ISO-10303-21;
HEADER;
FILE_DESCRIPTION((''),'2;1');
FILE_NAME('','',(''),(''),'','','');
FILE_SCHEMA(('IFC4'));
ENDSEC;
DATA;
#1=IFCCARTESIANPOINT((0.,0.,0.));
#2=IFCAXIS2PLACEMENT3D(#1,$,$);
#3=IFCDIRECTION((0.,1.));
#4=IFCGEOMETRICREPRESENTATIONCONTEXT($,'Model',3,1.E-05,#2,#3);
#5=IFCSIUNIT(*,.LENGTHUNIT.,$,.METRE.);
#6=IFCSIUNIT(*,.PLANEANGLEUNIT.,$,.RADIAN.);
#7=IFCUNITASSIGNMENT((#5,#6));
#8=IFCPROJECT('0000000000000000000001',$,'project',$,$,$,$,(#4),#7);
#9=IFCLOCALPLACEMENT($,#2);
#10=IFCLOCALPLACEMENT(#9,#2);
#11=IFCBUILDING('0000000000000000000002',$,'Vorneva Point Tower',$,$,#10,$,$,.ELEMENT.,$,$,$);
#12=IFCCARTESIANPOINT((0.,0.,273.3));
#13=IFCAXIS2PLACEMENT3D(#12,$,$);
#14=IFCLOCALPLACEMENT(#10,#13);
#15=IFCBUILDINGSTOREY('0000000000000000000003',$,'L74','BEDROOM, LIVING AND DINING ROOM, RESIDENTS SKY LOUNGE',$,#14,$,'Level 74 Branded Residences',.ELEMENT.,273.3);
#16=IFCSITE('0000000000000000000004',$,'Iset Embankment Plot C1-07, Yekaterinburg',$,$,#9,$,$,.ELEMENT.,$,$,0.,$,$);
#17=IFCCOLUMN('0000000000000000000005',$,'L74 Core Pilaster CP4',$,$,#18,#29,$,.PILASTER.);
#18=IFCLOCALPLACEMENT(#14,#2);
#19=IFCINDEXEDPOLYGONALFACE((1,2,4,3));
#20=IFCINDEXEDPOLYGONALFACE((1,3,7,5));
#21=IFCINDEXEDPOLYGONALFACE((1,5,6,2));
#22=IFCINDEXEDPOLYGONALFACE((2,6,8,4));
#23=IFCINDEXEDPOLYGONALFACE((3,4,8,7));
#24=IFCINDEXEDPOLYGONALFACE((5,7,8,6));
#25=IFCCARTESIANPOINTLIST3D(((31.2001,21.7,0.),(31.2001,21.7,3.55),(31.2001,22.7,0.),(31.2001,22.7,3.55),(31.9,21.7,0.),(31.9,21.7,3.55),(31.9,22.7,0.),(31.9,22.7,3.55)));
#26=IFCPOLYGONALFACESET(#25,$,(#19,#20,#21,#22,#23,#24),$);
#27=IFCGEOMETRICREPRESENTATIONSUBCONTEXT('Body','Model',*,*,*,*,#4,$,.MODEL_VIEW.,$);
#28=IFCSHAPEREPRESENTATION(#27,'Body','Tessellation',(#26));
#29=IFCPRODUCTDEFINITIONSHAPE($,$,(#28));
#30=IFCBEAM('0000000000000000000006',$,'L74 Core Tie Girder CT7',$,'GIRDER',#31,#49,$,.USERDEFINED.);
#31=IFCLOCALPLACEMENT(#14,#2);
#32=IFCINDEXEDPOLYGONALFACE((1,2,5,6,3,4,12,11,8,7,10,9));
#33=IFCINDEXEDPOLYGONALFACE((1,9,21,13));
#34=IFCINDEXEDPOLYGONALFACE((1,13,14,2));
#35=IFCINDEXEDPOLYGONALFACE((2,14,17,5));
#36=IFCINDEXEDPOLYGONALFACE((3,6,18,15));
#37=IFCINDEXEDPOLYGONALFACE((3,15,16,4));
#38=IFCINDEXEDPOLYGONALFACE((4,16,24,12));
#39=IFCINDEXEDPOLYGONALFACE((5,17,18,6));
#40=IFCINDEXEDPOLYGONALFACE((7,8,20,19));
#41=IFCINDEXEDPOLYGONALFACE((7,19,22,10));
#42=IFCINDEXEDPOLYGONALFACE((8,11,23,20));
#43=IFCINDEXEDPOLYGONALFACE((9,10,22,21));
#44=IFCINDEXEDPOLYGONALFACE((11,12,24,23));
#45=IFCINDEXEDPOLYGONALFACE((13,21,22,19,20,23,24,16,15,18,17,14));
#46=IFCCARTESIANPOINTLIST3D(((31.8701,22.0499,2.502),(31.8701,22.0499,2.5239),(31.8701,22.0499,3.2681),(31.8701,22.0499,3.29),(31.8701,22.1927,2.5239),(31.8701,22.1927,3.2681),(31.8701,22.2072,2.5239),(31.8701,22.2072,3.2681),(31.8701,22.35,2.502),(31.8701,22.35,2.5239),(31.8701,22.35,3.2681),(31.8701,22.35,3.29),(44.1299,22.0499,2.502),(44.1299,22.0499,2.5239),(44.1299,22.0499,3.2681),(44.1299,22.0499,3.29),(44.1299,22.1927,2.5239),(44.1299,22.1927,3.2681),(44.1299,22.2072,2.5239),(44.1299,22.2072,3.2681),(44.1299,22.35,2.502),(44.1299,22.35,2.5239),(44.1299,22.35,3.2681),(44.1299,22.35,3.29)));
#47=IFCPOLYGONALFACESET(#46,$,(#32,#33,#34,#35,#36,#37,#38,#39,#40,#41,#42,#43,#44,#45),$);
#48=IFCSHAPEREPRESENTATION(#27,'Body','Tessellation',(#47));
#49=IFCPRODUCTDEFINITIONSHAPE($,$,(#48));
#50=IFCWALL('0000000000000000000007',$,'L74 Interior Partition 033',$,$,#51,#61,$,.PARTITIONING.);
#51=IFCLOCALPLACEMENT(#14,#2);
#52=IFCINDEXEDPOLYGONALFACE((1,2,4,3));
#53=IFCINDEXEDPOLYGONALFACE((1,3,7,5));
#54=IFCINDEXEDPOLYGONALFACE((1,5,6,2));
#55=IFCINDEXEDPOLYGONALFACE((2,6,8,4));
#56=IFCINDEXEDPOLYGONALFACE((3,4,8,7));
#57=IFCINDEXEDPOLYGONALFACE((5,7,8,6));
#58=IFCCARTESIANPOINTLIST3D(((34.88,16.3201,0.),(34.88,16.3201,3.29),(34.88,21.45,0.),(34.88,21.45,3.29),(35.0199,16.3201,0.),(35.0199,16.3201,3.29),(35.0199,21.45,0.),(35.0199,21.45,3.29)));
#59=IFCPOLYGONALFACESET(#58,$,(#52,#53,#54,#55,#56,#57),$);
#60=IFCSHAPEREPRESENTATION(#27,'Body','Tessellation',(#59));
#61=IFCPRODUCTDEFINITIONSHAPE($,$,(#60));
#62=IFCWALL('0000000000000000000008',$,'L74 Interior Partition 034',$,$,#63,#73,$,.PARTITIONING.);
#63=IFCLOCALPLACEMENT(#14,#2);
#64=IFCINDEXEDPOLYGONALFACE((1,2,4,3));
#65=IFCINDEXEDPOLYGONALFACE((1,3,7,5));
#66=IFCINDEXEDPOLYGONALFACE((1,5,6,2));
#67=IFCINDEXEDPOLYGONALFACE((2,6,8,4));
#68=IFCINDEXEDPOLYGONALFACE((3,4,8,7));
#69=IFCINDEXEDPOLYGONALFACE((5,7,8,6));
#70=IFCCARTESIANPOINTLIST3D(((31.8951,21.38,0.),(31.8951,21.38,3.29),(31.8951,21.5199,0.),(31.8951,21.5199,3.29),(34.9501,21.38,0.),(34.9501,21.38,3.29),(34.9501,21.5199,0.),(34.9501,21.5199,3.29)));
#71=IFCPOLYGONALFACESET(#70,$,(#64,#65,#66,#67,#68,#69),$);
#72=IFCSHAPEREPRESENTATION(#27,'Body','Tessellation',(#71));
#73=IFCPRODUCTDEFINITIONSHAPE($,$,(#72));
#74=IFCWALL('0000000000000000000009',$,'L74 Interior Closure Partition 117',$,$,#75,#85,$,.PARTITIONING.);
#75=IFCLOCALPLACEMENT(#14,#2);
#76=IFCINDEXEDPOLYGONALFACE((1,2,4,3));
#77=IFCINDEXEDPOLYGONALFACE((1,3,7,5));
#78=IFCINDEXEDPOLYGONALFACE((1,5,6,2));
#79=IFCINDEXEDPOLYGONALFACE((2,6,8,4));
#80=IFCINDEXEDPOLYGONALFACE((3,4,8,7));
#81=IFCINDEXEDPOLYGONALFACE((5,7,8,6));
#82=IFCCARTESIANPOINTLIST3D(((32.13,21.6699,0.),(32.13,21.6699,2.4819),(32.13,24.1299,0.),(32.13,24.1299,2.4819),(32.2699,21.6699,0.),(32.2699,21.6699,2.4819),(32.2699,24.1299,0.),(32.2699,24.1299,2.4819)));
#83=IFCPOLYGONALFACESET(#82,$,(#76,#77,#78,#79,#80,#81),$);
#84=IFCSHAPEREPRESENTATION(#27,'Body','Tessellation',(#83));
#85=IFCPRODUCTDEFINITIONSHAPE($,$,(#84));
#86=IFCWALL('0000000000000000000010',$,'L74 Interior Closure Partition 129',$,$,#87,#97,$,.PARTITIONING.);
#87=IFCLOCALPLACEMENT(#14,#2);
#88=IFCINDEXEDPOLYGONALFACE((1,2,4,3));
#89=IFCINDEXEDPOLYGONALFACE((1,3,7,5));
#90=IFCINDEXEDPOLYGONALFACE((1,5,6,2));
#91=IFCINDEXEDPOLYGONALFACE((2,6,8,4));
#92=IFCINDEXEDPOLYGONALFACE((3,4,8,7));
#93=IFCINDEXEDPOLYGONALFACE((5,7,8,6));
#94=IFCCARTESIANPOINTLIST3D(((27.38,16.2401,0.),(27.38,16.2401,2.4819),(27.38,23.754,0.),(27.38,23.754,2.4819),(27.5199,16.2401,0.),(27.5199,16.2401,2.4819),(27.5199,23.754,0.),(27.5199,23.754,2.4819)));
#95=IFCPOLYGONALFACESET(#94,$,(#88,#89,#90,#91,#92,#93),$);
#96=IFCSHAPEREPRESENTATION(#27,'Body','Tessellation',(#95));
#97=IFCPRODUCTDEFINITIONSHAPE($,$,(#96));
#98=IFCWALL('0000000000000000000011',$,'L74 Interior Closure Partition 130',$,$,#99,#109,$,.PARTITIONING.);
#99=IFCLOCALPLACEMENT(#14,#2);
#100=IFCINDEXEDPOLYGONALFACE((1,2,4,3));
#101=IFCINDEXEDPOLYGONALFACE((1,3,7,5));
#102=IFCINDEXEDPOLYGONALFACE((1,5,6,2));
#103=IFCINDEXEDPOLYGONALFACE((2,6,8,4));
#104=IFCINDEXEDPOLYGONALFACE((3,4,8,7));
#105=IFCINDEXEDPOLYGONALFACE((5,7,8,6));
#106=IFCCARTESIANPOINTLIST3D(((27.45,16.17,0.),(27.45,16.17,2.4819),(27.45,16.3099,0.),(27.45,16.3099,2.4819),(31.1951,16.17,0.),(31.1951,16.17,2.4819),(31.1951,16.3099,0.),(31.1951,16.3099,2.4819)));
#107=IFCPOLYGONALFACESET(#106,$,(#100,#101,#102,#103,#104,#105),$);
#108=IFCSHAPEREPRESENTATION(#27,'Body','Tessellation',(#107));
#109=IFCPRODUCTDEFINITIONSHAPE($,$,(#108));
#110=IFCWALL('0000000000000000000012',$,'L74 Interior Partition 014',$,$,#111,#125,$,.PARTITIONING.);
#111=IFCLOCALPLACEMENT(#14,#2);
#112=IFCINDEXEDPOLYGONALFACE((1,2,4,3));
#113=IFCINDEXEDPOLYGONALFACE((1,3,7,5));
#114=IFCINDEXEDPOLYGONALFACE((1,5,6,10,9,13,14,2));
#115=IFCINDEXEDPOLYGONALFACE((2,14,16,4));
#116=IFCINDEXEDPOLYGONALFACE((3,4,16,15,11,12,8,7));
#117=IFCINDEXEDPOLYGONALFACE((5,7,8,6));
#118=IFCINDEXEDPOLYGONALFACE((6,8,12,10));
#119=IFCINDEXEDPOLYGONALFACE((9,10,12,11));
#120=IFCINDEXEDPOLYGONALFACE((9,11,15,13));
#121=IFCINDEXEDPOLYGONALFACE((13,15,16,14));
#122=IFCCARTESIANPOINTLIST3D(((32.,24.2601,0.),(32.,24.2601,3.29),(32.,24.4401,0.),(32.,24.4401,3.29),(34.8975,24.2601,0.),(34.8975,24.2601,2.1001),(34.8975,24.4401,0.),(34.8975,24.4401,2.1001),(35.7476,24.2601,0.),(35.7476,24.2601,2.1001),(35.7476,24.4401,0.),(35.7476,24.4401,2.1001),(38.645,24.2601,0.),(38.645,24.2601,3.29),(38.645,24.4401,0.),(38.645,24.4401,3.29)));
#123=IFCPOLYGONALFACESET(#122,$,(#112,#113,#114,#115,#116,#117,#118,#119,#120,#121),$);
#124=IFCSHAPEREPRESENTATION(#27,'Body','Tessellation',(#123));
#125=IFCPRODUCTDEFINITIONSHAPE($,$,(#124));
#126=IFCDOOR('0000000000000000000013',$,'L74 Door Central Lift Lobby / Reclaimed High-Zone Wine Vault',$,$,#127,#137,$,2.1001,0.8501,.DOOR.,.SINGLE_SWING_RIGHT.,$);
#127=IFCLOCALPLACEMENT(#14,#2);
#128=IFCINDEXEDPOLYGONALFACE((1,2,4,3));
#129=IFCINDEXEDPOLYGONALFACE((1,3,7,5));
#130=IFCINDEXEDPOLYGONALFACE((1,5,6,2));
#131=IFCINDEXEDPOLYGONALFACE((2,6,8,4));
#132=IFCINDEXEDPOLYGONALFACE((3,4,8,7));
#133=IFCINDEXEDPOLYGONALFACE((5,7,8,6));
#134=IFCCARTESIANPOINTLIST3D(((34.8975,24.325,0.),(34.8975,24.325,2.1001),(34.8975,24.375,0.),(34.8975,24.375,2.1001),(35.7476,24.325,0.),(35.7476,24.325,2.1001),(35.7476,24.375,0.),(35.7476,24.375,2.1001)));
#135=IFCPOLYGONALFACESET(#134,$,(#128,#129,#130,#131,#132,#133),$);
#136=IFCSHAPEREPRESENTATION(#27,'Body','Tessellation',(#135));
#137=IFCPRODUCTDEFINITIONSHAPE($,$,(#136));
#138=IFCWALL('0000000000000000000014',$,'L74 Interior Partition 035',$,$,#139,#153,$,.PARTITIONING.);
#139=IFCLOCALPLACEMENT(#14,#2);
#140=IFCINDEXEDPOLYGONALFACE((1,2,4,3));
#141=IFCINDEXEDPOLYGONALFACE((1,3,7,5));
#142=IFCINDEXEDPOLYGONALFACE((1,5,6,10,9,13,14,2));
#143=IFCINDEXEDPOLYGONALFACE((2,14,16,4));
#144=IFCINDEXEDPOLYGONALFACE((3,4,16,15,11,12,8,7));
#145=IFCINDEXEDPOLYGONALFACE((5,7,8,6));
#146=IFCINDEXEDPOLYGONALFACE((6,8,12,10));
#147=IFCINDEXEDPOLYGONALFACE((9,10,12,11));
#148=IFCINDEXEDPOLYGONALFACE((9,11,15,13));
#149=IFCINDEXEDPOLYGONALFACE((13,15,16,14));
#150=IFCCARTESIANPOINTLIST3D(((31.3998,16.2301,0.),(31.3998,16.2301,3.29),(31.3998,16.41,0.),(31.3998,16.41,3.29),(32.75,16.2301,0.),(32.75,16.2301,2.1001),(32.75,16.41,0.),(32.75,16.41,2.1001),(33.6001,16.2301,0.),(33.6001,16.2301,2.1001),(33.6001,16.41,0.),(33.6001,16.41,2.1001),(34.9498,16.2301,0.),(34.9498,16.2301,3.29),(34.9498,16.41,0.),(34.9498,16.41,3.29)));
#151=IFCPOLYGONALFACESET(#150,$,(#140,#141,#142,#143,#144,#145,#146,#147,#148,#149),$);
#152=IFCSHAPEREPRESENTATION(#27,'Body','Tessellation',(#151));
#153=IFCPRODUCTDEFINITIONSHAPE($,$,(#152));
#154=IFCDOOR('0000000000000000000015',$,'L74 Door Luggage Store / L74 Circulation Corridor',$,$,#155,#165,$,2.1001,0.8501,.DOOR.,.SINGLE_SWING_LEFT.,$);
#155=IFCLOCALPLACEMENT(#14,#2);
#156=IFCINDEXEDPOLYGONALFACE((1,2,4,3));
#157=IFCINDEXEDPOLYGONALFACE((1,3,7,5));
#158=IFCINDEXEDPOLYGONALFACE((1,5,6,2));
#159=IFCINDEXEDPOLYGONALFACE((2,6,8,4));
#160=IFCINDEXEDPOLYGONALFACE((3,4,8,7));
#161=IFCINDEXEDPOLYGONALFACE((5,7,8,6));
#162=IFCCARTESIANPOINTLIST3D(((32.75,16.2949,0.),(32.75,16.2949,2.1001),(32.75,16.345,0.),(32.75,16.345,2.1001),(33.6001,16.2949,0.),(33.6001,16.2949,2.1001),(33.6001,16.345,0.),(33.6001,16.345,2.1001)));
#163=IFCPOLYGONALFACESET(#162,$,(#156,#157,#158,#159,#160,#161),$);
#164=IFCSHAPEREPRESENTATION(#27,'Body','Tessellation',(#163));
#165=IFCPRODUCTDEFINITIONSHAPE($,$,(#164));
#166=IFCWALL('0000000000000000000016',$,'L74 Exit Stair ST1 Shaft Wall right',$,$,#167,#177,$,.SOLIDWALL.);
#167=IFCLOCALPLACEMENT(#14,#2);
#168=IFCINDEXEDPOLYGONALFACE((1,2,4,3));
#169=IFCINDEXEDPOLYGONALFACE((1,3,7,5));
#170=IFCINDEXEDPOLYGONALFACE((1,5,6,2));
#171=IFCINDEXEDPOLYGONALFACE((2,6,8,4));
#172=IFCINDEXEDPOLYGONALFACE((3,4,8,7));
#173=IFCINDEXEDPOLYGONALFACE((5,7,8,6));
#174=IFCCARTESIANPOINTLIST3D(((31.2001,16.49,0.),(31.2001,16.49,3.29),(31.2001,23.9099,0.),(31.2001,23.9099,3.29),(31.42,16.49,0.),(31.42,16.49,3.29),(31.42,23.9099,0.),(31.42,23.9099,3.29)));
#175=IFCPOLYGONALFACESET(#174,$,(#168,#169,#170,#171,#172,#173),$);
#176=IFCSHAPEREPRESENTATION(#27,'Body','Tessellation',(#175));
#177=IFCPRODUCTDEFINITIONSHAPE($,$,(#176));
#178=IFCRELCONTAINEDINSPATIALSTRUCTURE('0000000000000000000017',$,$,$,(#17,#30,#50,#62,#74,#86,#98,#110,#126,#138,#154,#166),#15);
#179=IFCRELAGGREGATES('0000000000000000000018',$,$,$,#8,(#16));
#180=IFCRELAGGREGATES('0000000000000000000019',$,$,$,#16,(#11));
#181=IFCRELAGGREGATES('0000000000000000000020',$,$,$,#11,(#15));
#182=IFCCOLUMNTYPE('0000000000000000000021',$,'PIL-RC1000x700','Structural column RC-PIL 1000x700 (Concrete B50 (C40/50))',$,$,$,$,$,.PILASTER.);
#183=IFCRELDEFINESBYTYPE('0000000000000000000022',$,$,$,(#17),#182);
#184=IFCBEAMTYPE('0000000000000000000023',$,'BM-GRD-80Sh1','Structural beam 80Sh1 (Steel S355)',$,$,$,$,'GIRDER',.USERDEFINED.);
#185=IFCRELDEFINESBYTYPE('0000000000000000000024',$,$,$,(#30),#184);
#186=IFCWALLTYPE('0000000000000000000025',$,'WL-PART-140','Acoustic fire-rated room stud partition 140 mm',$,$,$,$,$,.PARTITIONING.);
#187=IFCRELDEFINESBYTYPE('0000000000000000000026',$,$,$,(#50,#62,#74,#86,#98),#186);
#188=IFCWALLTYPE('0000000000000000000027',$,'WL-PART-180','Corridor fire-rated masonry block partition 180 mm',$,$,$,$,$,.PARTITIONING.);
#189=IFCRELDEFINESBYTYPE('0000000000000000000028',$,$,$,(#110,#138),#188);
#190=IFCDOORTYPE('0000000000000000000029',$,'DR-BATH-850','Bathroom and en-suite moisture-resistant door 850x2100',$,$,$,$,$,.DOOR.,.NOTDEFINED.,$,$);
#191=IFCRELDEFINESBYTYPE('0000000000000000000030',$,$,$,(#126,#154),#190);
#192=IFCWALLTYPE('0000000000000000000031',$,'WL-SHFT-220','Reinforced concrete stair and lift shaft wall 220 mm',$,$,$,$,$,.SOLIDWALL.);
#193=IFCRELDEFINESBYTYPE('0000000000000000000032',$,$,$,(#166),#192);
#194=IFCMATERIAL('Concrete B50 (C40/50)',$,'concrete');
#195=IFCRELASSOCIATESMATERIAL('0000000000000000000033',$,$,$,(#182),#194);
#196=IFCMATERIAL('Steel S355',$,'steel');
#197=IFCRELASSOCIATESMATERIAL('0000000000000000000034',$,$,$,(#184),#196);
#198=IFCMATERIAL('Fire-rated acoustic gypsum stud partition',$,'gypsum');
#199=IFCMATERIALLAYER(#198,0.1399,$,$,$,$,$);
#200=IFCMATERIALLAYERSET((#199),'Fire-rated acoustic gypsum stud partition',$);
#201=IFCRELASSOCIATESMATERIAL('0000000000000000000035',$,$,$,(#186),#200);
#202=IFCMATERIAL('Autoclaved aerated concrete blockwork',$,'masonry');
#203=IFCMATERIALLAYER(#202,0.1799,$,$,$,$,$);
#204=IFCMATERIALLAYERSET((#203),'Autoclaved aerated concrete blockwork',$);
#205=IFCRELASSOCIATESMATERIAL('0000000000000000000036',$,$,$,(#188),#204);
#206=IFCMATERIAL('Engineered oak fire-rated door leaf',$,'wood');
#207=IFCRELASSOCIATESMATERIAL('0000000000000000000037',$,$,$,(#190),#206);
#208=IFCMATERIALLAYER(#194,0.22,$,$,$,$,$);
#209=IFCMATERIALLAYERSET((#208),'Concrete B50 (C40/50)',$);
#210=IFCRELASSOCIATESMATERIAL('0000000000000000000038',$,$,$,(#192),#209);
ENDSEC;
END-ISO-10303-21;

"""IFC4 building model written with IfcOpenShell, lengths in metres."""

from ifc_helpers import new_model, si_unit, direction, frame, frame_2d, origin, origin_2d, place, context, subcontext, project, spatial, rectangle, i_section, extrude, material, layer, layer_set, material_profile, profile_set, type_object, element, fill, save


model = new_model("IFC4")

# Units and contexts
model_context = context("Model", 3, precision=1e-05, world=origin(), true_north=direction((0.0, 1.0)))
body_context = subcontext(model_context, "Body", "Model", "MODEL_VIEW")
ifc_project = project(units=[si_unit("LENGTHUNIT", "METRE"), si_unit("PLANEANGLEUNIT", "RADIAN")], contexts=[model_context])

# Site, building, storey
site_placement = place(None, origin())
site = spatial("IfcSite", under=ifc_project, at=site_placement, Name="Iset Embankment Plot C1-07, Yekaterinburg", CompositionType="ELEMENT", RefElevation=0.0)
building_placement = place(site_placement, origin())
building = spatial("IfcBuilding", under=site, at=building_placement, Name="Vorneva Point Tower", CompositionType="ELEMENT")
storey_placement = place(building_placement, frame((0.0, 0.0, 273.3)))
storey = spatial("IfcBuildingStorey", under=building, at=storey_placement, Name="L74", Description="BEDROOM, LIVING AND DINING ROOM, RESIDENTS SKY LOUNGE", LongName="Level 74 Branded Residences", CompositionType="ELEMENT", Elevation=273.3)

# Column
ifc_material_1 = material(Name="Concrete B50 (C40/50)", Category="concrete")
ifc_material_profile_1 = material_profile(ifc_material_1, rectangle(XDim=0.7, YDim=1.0, at=origin_2d()), Name="RC-PIL 1000x700")
ifc_profile_set_1 = profile_set([ifc_material_profile_1], Name="Concrete B50 (C40/50)")
column_type = type_object("IfcColumnType", Name="PIL-RC1000x700", Description="Structural column RC-PIL 1000x700 (Concrete B50 (C40/50))", PredefinedType="PILASTER", material=ifc_profile_set_1)
column_placement = place(storey_placement, frame((31.55, 22.2, 0.0), z_axis=(0.0, 0.0, 1.0), x_axis=(1.0, 0.0, 0.0)))
element("IfcColumn", 1, at=column_placement, inside=storey, type_object=column_type, Name="L74 Core Pilaster CP4", PredefinedType="PILASTER", context=body_context, shape_type="SweptSolid", body=[
    extrude(rectangle(XDim=0.7, YDim=1.0, at=origin_2d()), origin(), (0.0, 0.0, 1.0), 3.55),
])

# Beam
ifc_material_2 = material(Name="Steel S355", Category="steel")
ifc_material_profile_2 = material_profile(ifc_material_2, i_section(OverallWidth=0.3, OverallDepth=0.7881, WebThickness=0.0144, FlangeThickness=0.022, at=origin_2d()), Name="80Sh1")
ifc_profile_set_2 = profile_set([ifc_material_profile_2], Name="Steel S355")
beam_type = type_object("IfcBeamType", Name="BM-GRD-80Sh1", Description="Structural beam 80Sh1 (Steel S355)", ElementType="GIRDER", PredefinedType="USERDEFINED", material=ifc_profile_set_2)
beam_placement = place(storey_placement, frame((31.8701, 22.2, 2.896), z_axis=(1.0, 0.0, 0.0), x_axis=(0.0, 1.0, 0.0)))
element("IfcBeam", 2, at=beam_placement, inside=storey, type_object=beam_type, Name="L74 Core Tie Girder CT7", ObjectType="GIRDER", PredefinedType="USERDEFINED", context=body_context, shape_type="SweptSolid", body=[
    extrude(i_section(OverallWidth=0.3, OverallDepth=0.7881, WebThickness=0.0144, FlangeThickness=0.022, at=origin_2d()), origin(), (0.0, 0.0, 1.0), 12.2598),
])

# Walls
ifc_material_3 = material(Name="Fire-rated acoustic gypsum stud partition", Category="gypsum")
ifc_layer_1 = layer(ifc_material_3, 0.1399)
ifc_layer_set_1 = layer_set([ifc_layer_1], Name="Fire-rated acoustic gypsum stud partition")
wall_type_1 = type_object("IfcWallType", Name="WL-PART-140", Description="Acoustic fire-rated room stud partition 140 mm", PredefinedType="PARTITIONING", material=ifc_layer_set_1)
wall_1_placement = place(storey_placement, frame((34.95, 16.3201, 0.0), z_axis=(0.0, 0.0, 1.0), x_axis=(0.0, 1.0, 0.0)))
element("IfcWall", 3, at=wall_1_placement, inside=storey, type_object=wall_type_1, Name="L74 Interior Partition 033", PredefinedType="PARTITIONING", context=body_context, shape_type="SweptSolid", body=[
    extrude(rectangle(XDim=5.1299, YDim=0.1399, at=frame_2d((2.5649, 0.0))), origin(), (0.0, 0.0, 1.0), 3.29),
])
wall_2_placement = place(storey_placement, frame((34.95, 21.45, 0.0), z_axis=(0.0, 0.0, 1.0), x_axis=(-1.0, 0.0, 0.0)))
element("IfcWall", 4, at=wall_2_placement, inside=storey, type_object=wall_type_1, Name="L74 Interior Partition 034", PredefinedType="PARTITIONING", context=body_context, shape_type="SweptSolid", body=[
    extrude(rectangle(XDim=3.0549, YDim=0.1399, at=frame_2d((1.5273, 0.0))), origin(), (0.0, 0.0, 1.0), 3.29),
])
wall_3_placement = place(storey_placement, frame((32.2, 24.1299, 0.0), z_axis=(0.0, 0.0, 1.0), x_axis=(0.0, -1.0, 0.0)))
element("IfcWall", 5, at=wall_3_placement, inside=storey, type_object=wall_type_1, Name="L74 Interior Closure Partition 117", PredefinedType="PARTITIONING", context=body_context, shape_type="SweptSolid", body=[
    extrude(rectangle(XDim=2.46, YDim=0.1399, at=frame_2d((1.23, 0.0))), origin(), (0.0, 0.0, 1.0), 2.4819),
])
wall_4_placement = place(storey_placement, frame((27.45, 23.7539, 0.0), z_axis=(0.0, 0.0, 1.0), x_axis=(0.0, -1.0, 0.0)))
element("IfcWall", 6, at=wall_4_placement, inside=storey, type_object=wall_type_1, Name="L74 Interior Closure Partition 129", PredefinedType="PARTITIONING", context=body_context, shape_type="SweptSolid", body=[
    extrude(rectangle(XDim=7.5139, YDim=0.1399, at=frame_2d((3.7568, 0.0))), origin(), (0.0, 0.0, 1.0), 2.4819),
])
wall_5_placement = place(storey_placement, frame((27.45, 16.24, 0.0), z_axis=(0.0, 0.0, 1.0), x_axis=(1.0, 0.0, 0.0)))
element("IfcWall", 7, at=wall_5_placement, inside=storey, type_object=wall_type_1, Name="L74 Interior Closure Partition 130", PredefinedType="PARTITIONING", context=body_context, shape_type="SweptSolid", body=[
    extrude(rectangle(XDim=3.7451, YDim=0.1399, at=frame_2d((1.8726, 0.0))), origin(), (0.0, 0.0, 1.0), 2.4819),
])

# Walls, openings, doors
ifc_material_4 = material(Name="Autoclaved aerated concrete blockwork", Category="masonry")
ifc_layer_2 = layer(ifc_material_4, 0.1799)
ifc_layer_set_2 = layer_set([ifc_layer_2], Name="Autoclaved aerated concrete blockwork")
wall_type_2 = type_object("IfcWallType", Name="WL-PART-180", Description="Corridor fire-rated masonry block partition 180 mm", PredefinedType="PARTITIONING", material=ifc_layer_set_2)
wall_6_placement = place(storey_placement, frame((32.0, 24.3501, 0.0), z_axis=(0.0, 0.0, 1.0), x_axis=(1.0, 0.0, 0.0)))
wall_6 = element("IfcWall", 8, at=wall_6_placement, inside=storey, type_object=wall_type_2, Name="L74 Interior Partition 014", PredefinedType="PARTITIONING", context=body_context, shape_type="SweptSolid", body=[
    extrude(rectangle(XDim=6.645, YDim=0.1799, at=frame_2d((3.3225, 0.0))), origin(), (0.0, 0.0, 1.0), 3.29),
])
opening_1_placement = place(wall_6_placement, frame((2.8975, 0.0, 0.0)))
opening_1 = element("IfcOpeningElement", 9, at=opening_1_placement, cuts=wall_6, PredefinedType="OPENING", context=body_context, shape_type="SweptSolid", body=[
    extrude(rectangle(XDim=0.8501, YDim=2.1001, at=frame_2d((0.425, 1.05))), frame((0.0, 0.105, 0.0), z_axis=(0.0, -1.0, 0.0), x_axis=(1.0, 0.0, 0.0)), (0.0, 0.0, 1.0), 0.2097),
])
ifc_material_5 = material(Name="Engineered oak fire-rated door leaf", Category="wood")
door_type_1 = type_object("IfcDoorType", Name="DR-BATH-850", Description="Bathroom and en-suite moisture-resistant door 850x2100", OperationType="NOTDEFINED", PredefinedType="DOOR", material=ifc_material_5)
door_1_placement = place(opening_1_placement, origin())
door_1 = element("IfcDoor", 10, at=door_1_placement, inside=storey, type_object=door_type_1, Name="L74 Door Central Lift Lobby / Reclaimed High-Zone Wine Vault", OperationType="SINGLE_SWING_RIGHT", OverallHeight=2.1001, OverallWidth=0.8501, PredefinedType="DOOR", context=body_context, shape_type="SweptSolid", body=[
    extrude(rectangle(XDim=0.8501, YDim=2.1001, at=frame_2d((0.425, 1.05))), frame((0.0, 0.0249, 0.0), z_axis=(0.0, -1.0, 0.0), x_axis=(1.0, 0.0, 0.0)), (0.0, 0.0, 1.0), 0.05),
])
fill(opening_1, door_1)
wall_7_placement = place(storey_placement, frame((31.3999, 16.3201, 0.0), z_axis=(0.0, 0.0, 1.0), x_axis=(1.0, 0.0, 0.0)))
wall_7 = element("IfcWall", 11, at=wall_7_placement, inside=storey, type_object=wall_type_2, Name="L74 Interior Partition 035", PredefinedType="PARTITIONING", context=body_context, shape_type="SweptSolid", body=[
    extrude(rectangle(XDim=3.55, YDim=0.1799, at=frame_2d((1.7749, 0.0))), origin(), (0.0, 0.0, 1.0), 3.29),
])
opening_2_placement = place(wall_7_placement, frame((1.3501, 0.0, 0.0)))
opening_2 = element("IfcOpeningElement", 12, at=opening_2_placement, cuts=wall_7, PredefinedType="OPENING", context=body_context, shape_type="SweptSolid", body=[
    extrude(rectangle(XDim=0.8501, YDim=2.1001, at=frame_2d((0.425, 1.05))), frame((0.0, 0.105, 0.0), z_axis=(0.0, -1.0, 0.0), x_axis=(1.0, 0.0, 0.0)), (0.0, 0.0, 1.0), 0.2097),
])
door_2_placement = place(opening_2_placement, origin())
door_2 = element("IfcDoor", 13, at=door_2_placement, inside=storey, type_object=door_type_1, Name="L74 Door Luggage Store / L74 Circulation Corridor", OperationType="SINGLE_SWING_LEFT", OverallHeight=2.1001, OverallWidth=0.8501, PredefinedType="DOOR", context=body_context, shape_type="SweptSolid", body=[
    extrude(rectangle(XDim=0.8501, YDim=2.1001, at=frame_2d((0.425, 1.05))), frame((0.0, 0.0249, 0.0), z_axis=(0.0, -1.0, 0.0), x_axis=(1.0, 0.0, 0.0)), (0.0, 0.0, 1.0), 0.05),
])
fill(opening_2, door_2)
ifc_layer_3 = layer(ifc_material_1, 0.22)
ifc_layer_set_3 = layer_set([ifc_layer_3], Name="Concrete B50 (C40/50)")
wall_type_3 = type_object("IfcWallType", Name="WL-SHFT-220", Description="Reinforced concrete stair and lift shaft wall 220 mm", PredefinedType="SOLIDWALL", material=ifc_layer_set_3)

# Wall
wall_8_placement = place(storey_placement, frame((31.3101, 23.9099, 0.0), z_axis=(0.0, 0.0, 1.0), x_axis=(0.0, -1.0, 0.0)))
element("IfcWall", 14, at=wall_8_placement, inside=storey, type_object=wall_type_3, Name="L74 Exit Stair ST1 Shaft Wall right", PredefinedType="SOLIDWALL", context=body_context, shape_type="SweptSolid", body=[
    extrude(rectangle(XDim=7.4199, YDim=0.22, at=frame_2d((3.71, 0.0))), origin(), (0.0, 0.0, 1.0), 3.29),
])

save(model, "model.ifc")
